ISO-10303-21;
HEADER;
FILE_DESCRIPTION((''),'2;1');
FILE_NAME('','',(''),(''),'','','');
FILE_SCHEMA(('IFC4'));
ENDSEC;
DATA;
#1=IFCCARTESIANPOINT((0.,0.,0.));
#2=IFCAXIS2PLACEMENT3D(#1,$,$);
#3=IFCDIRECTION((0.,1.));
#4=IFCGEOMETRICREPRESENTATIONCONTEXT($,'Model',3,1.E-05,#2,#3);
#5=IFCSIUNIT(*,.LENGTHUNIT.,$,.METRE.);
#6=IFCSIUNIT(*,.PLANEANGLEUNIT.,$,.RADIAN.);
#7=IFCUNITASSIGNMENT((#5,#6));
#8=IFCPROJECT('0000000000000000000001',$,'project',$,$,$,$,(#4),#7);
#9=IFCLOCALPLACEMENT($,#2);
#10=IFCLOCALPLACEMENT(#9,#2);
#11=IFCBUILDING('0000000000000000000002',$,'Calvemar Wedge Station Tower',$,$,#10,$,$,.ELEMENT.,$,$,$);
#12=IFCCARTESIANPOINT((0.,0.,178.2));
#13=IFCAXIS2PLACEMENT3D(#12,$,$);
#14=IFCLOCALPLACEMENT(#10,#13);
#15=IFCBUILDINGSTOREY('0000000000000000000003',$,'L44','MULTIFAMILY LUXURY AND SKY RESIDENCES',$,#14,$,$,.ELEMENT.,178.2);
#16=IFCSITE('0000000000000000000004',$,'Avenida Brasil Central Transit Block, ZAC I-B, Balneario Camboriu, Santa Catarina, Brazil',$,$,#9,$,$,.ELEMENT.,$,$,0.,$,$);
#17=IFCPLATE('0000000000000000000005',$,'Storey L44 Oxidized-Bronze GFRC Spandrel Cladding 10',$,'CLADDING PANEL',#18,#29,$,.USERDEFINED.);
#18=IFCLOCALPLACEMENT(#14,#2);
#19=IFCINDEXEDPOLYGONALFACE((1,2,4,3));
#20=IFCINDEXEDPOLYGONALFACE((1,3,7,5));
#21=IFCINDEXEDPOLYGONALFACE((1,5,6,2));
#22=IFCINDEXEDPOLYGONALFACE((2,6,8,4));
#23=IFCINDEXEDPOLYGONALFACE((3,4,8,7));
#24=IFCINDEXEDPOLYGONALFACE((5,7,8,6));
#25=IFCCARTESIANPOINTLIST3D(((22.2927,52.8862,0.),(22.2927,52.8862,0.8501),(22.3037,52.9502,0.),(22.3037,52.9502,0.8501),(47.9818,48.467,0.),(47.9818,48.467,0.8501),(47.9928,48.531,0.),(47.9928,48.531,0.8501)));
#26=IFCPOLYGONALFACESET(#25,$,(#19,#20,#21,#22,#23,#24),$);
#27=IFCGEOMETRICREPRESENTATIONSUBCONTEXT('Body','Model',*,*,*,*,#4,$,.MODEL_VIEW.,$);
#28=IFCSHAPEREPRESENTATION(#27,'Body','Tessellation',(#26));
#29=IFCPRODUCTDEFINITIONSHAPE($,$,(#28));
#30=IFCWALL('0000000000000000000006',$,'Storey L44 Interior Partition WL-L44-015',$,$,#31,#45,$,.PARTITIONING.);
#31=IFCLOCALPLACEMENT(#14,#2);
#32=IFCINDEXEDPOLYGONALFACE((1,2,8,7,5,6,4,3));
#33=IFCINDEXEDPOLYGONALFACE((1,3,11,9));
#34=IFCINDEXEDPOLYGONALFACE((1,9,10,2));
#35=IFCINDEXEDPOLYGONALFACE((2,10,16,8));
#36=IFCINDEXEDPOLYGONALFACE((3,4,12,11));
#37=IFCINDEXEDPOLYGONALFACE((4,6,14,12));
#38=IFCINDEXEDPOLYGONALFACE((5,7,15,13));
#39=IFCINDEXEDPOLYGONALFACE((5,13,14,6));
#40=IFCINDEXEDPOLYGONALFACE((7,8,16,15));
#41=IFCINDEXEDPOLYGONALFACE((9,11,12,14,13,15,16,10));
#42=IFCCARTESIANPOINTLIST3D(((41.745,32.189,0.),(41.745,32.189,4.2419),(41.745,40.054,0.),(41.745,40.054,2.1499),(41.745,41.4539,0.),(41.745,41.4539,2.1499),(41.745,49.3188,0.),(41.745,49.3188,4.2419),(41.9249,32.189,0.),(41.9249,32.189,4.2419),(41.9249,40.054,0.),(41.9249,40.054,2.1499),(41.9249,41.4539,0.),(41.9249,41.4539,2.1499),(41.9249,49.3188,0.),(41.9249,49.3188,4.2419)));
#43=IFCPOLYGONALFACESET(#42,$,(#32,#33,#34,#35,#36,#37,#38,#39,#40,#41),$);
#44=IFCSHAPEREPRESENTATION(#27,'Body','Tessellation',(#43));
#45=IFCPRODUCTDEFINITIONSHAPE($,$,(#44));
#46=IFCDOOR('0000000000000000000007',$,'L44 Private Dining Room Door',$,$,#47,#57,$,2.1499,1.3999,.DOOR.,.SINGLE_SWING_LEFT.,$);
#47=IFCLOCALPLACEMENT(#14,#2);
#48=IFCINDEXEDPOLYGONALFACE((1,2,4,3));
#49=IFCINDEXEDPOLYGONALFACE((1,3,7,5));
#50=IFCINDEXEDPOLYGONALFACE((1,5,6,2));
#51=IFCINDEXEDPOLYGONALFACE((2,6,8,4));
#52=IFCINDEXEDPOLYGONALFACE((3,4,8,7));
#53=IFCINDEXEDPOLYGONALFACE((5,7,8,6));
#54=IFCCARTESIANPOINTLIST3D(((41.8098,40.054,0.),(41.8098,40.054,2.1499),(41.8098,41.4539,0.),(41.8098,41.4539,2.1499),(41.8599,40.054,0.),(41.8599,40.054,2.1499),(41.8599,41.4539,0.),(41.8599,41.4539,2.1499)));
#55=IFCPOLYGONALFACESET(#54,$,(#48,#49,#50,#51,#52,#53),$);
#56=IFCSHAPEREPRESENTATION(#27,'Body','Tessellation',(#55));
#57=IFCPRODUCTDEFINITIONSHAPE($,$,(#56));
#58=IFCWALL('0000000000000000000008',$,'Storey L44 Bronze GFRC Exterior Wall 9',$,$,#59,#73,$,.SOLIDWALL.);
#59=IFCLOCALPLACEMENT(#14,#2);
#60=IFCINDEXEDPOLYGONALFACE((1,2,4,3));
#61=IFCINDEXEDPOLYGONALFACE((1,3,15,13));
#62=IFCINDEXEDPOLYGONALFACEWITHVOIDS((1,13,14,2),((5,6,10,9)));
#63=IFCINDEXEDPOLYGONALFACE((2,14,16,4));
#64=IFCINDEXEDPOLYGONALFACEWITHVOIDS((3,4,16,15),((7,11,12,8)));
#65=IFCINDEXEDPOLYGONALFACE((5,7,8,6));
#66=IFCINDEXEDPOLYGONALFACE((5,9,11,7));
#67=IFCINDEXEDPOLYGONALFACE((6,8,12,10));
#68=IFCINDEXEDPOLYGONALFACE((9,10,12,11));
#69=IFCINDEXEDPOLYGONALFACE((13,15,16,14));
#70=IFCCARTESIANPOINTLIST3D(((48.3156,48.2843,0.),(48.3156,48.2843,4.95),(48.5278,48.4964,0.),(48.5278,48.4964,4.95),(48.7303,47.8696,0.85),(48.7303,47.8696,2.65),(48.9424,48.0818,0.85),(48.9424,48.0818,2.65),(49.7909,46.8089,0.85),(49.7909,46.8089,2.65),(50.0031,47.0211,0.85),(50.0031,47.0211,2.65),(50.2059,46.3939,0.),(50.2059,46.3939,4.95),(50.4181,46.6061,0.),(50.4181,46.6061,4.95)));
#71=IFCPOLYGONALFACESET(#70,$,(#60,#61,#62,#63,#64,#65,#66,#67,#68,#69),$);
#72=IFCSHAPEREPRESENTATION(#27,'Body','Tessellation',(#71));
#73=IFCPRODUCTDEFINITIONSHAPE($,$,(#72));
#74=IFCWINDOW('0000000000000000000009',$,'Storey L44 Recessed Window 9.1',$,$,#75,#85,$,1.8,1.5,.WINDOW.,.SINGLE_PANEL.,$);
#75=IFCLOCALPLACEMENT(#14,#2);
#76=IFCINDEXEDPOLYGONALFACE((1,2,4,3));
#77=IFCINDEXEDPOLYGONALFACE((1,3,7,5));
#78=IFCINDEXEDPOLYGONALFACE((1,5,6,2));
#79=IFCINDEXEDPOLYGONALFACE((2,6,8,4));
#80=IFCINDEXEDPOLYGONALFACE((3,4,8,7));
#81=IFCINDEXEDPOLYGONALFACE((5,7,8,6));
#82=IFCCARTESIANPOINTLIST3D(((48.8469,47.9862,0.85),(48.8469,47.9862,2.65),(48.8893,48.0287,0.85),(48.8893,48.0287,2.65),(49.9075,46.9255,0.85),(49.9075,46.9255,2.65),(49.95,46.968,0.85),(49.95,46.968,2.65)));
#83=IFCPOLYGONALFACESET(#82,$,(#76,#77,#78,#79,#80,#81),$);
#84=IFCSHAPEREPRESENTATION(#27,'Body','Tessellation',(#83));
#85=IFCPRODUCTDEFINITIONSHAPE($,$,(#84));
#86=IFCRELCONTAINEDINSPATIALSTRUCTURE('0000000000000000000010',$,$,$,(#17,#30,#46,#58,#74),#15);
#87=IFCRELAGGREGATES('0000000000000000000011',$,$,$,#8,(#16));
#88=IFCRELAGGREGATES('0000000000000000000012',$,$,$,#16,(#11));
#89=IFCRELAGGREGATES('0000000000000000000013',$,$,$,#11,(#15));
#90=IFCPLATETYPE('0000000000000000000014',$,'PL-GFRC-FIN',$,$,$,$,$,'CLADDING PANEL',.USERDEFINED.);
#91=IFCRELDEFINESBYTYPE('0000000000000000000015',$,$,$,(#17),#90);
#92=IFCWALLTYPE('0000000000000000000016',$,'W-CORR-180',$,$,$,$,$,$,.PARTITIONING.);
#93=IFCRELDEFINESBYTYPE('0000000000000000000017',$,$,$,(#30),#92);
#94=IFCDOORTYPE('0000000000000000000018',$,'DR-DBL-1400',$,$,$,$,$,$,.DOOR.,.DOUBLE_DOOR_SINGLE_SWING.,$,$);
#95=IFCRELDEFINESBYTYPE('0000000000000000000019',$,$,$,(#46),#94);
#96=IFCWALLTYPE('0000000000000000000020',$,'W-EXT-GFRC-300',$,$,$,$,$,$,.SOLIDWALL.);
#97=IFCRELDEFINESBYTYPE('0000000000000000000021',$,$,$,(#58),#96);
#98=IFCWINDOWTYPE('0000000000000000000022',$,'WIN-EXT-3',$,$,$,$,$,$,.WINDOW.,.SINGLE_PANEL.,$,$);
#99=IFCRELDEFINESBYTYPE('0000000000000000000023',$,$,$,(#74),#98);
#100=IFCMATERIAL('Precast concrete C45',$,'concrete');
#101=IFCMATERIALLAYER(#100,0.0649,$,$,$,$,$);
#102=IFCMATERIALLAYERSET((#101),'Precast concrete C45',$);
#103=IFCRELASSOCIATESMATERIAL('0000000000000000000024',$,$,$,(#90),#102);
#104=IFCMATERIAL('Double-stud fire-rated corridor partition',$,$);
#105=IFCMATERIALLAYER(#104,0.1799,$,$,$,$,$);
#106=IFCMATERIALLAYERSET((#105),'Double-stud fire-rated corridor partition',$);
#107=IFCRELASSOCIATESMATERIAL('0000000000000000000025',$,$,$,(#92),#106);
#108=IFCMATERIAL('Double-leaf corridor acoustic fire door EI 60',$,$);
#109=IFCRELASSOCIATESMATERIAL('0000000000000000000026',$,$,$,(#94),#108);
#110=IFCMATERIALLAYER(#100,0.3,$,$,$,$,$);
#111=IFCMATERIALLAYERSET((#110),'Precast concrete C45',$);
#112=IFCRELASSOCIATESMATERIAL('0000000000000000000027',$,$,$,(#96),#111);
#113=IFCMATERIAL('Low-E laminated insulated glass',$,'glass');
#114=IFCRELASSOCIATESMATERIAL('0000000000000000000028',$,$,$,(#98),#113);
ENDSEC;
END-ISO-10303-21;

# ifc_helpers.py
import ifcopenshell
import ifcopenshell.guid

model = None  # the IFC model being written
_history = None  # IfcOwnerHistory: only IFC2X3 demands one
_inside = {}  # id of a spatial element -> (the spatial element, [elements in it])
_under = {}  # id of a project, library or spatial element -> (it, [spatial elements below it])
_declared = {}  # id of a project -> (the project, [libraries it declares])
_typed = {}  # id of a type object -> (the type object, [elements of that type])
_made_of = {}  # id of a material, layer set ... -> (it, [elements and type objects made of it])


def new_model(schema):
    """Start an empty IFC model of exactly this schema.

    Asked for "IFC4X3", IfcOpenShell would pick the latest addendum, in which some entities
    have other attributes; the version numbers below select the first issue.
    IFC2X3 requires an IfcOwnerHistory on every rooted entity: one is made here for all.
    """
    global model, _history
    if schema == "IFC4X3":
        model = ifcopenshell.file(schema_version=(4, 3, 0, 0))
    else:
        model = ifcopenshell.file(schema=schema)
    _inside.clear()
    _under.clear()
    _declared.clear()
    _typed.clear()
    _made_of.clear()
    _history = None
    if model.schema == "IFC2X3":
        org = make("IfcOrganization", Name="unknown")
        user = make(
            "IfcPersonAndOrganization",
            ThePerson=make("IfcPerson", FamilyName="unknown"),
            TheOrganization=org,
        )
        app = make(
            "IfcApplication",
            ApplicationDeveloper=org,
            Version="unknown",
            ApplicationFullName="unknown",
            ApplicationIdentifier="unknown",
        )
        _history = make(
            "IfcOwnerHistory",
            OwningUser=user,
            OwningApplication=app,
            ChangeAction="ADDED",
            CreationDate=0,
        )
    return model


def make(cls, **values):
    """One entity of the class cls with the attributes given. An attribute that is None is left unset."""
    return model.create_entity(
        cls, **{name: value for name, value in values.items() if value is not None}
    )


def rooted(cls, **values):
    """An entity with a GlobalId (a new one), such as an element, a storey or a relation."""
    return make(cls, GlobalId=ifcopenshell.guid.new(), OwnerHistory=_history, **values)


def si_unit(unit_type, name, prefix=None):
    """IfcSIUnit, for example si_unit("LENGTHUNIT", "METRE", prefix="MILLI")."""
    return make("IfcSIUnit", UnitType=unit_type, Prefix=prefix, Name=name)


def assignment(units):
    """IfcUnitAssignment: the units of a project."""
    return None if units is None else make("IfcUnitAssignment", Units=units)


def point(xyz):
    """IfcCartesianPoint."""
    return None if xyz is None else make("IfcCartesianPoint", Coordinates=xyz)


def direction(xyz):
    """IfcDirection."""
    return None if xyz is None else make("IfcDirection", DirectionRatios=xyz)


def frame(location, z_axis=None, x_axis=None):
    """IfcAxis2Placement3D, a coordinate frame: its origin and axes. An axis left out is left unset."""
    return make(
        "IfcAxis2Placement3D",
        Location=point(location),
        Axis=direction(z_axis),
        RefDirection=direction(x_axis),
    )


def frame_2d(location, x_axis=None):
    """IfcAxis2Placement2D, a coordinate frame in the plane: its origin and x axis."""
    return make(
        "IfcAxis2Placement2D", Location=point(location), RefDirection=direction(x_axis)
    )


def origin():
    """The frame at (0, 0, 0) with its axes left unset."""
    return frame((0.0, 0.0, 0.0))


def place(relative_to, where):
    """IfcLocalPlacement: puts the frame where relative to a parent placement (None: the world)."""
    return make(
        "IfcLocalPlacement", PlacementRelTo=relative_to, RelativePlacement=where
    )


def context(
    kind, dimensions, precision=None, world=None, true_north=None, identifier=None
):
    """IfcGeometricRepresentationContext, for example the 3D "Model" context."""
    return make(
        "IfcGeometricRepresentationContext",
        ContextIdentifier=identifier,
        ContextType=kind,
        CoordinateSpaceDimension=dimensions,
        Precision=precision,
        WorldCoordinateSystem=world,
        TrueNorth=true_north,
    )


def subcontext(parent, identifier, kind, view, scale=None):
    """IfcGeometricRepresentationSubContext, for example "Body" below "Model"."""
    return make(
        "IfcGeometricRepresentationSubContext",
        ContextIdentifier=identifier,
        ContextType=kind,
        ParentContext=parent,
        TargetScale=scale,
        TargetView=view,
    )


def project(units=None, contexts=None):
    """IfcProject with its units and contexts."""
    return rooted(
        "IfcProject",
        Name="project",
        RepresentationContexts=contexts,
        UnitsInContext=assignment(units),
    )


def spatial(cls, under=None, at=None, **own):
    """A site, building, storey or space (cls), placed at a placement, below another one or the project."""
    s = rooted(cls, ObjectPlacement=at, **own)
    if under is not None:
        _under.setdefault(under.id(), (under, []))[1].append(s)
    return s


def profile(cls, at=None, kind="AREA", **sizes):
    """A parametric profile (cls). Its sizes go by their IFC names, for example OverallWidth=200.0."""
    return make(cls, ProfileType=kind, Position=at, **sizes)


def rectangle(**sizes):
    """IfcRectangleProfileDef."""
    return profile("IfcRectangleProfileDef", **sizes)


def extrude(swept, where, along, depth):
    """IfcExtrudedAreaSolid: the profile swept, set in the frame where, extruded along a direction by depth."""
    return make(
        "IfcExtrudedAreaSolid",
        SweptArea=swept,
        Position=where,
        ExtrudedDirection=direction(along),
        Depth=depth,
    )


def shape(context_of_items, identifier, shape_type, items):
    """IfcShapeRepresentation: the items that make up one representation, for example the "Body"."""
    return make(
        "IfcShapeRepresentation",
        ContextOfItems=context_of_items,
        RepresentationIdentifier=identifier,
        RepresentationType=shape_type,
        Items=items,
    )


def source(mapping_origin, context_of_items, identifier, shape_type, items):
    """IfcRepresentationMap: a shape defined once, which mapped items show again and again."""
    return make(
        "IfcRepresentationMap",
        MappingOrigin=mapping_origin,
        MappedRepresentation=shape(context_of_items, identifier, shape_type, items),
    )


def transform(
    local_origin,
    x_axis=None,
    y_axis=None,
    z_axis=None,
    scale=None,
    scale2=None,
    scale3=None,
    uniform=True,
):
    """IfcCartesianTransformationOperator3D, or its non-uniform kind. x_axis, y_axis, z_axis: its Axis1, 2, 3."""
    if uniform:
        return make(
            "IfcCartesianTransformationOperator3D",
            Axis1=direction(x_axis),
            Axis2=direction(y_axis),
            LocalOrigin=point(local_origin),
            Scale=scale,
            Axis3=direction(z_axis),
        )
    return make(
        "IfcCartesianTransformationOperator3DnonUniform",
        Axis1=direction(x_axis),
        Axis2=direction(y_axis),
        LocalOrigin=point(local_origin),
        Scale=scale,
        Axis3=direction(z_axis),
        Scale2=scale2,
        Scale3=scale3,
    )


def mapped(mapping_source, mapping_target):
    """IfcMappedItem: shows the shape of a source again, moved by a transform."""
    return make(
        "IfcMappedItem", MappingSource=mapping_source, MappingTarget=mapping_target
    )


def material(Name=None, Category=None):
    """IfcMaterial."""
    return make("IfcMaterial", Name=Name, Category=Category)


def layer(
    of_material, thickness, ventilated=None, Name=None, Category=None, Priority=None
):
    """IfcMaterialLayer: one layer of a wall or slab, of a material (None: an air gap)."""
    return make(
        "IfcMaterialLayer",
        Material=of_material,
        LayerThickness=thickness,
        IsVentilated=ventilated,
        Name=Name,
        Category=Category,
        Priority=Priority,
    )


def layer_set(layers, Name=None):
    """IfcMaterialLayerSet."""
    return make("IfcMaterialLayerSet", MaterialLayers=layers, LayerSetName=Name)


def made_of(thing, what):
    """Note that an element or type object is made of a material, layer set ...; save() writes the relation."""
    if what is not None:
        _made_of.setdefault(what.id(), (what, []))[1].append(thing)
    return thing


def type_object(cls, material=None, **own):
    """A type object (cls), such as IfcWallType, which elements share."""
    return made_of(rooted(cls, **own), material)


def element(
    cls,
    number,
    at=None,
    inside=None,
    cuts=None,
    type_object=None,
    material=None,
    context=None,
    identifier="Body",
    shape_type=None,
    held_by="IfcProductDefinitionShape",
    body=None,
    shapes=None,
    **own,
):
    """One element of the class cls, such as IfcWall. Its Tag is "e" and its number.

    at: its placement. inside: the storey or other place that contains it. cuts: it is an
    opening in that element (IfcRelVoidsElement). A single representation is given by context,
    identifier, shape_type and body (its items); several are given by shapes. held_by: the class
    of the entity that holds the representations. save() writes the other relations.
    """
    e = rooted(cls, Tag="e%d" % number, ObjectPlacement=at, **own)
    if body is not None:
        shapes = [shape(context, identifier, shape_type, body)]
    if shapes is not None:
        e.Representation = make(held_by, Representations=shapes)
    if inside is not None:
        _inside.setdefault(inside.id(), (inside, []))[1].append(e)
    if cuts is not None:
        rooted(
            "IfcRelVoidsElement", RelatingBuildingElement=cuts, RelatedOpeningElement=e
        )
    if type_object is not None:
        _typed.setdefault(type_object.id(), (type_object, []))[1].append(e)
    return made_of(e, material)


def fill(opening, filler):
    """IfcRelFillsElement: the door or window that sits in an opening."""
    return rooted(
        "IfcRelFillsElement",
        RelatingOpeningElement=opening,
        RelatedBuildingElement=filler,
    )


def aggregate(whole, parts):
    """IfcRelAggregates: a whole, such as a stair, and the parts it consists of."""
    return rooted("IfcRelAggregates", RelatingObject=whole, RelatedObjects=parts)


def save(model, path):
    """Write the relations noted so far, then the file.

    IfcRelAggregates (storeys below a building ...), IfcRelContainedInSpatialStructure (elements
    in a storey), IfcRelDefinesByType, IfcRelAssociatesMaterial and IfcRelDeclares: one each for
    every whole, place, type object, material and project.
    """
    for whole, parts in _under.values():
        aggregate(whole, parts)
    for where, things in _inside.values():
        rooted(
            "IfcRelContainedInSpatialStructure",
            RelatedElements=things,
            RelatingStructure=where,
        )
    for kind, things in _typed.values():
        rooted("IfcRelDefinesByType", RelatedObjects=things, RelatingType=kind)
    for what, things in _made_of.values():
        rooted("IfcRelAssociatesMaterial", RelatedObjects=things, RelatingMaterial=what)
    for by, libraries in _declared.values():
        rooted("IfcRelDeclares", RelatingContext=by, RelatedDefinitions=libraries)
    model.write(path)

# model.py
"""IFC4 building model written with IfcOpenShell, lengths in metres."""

from ifc_helpers import new_model, si_unit, direction, frame, frame_2d, origin, place, context, subcontext, project, spatial, rectangle, extrude, source, transform, mapped, material, layer, layer_set, type_object, element, fill, save


model = new_model("IFC4")

# Units and contexts
model_context = context("Model", 3, precision=1e-05, world=origin(), true_north=direction((0.0, 1.0)))
body_context = subcontext(model_context, "Body", "Model", "MODEL_VIEW")
ifc_project = project(units=[si_unit("LENGTHUNIT", "METRE"), si_unit("PLANEANGLEUNIT", "RADIAN")], contexts=[model_context])

# Site, building, storey
site_placement = place(None, origin())
site = spatial("IfcSite", under=ifc_project, at=site_placement, Name="Avenida Brasil Central Transit Block, ZAC I-B, Balneario Camboriu, Santa Catarina, Brazil", CompositionType="ELEMENT", RefElevation=0.0)
building_placement = place(site_placement, origin())
building = spatial("IfcBuilding", under=site, at=building_placement, Name="Calvemar Wedge Station Tower", CompositionType="ELEMENT")
storey_placement = place(building_placement, frame((0.0, 0.0, 178.2)))
storey = spatial("IfcBuildingStorey", under=building, at=storey_placement, Name="L44", Description="MULTIFAMILY LUXURY AND SKY RESIDENCES", CompositionType="ELEMENT", Elevation=178.2)

# Plate
ifc_material_1 = material(Name="Precast concrete C45", Category="concrete")
ifc_layer_1 = layer(ifc_material_1, 0.0649)
ifc_layer_set_1 = layer_set([ifc_layer_1], Name="Precast concrete C45")
plate_type = type_object("IfcPlateType", Name="PL-GFRC-FIN", ElementType="CLADDING PANEL", PredefinedType="USERDEFINED", material=ifc_layer_set_1)
plate_placement = place(storey_placement, frame((47.9873, 48.499, 0.0), z_axis=(0.0, 0.0, 1.0), x_axis=(-0.985524, 0.169536, 0.0)))
element("IfcPlate", 1, at=plate_placement, inside=storey, type_object=plate_type, Name="Storey L44 Oxidized-Bronze GFRC Spandrel Cladding 10", ObjectType="CLADDING PANEL", PredefinedType="USERDEFINED", context=body_context, shape_type="SweptSolid", body=[
    extrude(rectangle(XDim=26.0664, YDim=0.0649, at=frame_2d((13.0332, 0.0))), origin(), (0.0, 0.0, 1.0), 0.8501),
])

# Wall, opening, door
ifc_material_2 = material(Name="Double-stud fire-rated corridor partition")
ifc_layer_2 = layer(ifc_material_2, 0.1799)
ifc_layer_set_2 = layer_set([ifc_layer_2], Name="Double-stud fire-rated corridor partition")
wall_type_1 = type_object("IfcWallType", Name="W-CORR-180", PredefinedType="PARTITIONING", material=ifc_layer_set_2)
wall_1_placement = place(storey_placement, frame((41.835, 49.3188, 0.0), z_axis=(0.0, 0.0, 1.0), x_axis=(0.0, -1.0, 0.0)))
wall_1 = element("IfcWall", 2, at=wall_1_placement, inside=storey, type_object=wall_type_1, Name="Storey L44 Interior Partition WL-L44-015", PredefinedType="PARTITIONING", context=body_context, shape_type="SweptSolid", body=[
    extrude(rectangle(XDim=17.1299, YDim=0.1799, at=frame_2d((8.5649, 0.0))), origin(), (0.0, 0.0, 1.0), 4.2419),
])
shared_shape_1 = source(origin(), body_context, "Body", "SweptSolid", [
    extrude(rectangle(XDim=1.3999, YDim=2.1499, at=frame_2d((0.7, 1.075))), frame((0.0, 0.1001, 0.0), z_axis=(0.0, -1.0, 0.0), x_axis=(1.0, 0.0, 0.0)), (0.0, 0.0, 1.0), 0.2),
])
opening_1_placement = place(wall_1_placement, frame((7.865, 0.0, 0.0)))
opening_1 = element("IfcOpeningElement", 3, at=opening_1_placement, cuts=wall_1, PredefinedType="OPENING", context=body_context, shape_type="MappedRepresentation", body=[
    mapped(shared_shape_1, transform((0.0, 0.0, 0.0), scale=1.0)),
])
ifc_material_3 = material(Name="Double-leaf corridor acoustic fire door EI 60")
door_type = type_object("IfcDoorType", Name="DR-DBL-1400", OperationType="DOUBLE_DOOR_SINGLE_SWING", PredefinedType="DOOR", material=ifc_material_3)
shared_shape_2 = source(origin(), body_context, "Body", "SweptSolid", [
    extrude(rectangle(XDim=1.3999, YDim=2.1499, at=frame_2d((0.7, 1.075))), frame((0.0, 0.0249, 0.0), z_axis=(0.0, -1.0, 0.0), x_axis=(1.0, 0.0, 0.0)), (0.0, 0.0, 1.0), 0.05),
])
door_placement = place(opening_1_placement, origin())
door = element("IfcDoor", 4, at=door_placement, inside=storey, type_object=door_type, Name="L44 Private Dining Room Door", OperationType="SINGLE_SWING_LEFT", OverallHeight=2.1499, OverallWidth=1.3999, PredefinedType="DOOR", context=body_context, shape_type="MappedRepresentation", body=[
    mapped(shared_shape_2, transform((0.0, 0.0, 0.0), scale=1.0)),
])
fill(opening_1, door)

# Wall, opening, window
ifc_layer_3 = layer(ifc_material_1, 0.3)
ifc_layer_set_3 = layer_set([ifc_layer_3], Name="Precast concrete C45")
wall_type_2 = type_object("IfcWallType", Name="W-EXT-GFRC-300", PredefinedType="SOLIDWALL", material=ifc_layer_set_3)
wall_2_placement = place(storey_placement, frame((50.312, 46.5, 0.0), z_axis=(0.0, 0.0, 1.0), x_axis=(-0.707107, 0.707107, 0.0)))
wall_2 = element("IfcWall", 5, at=wall_2_placement, inside=storey, type_object=wall_type_2, Name="Storey L44 Bronze GFRC Exterior Wall 9", PredefinedType="SOLIDWALL", context=body_context, shape_type="SweptSolid", body=[
    extrude(rectangle(XDim=2.6733, YDim=0.3, at=frame_2d((1.3367, 0.0))), origin(), (0.0, 0.0, 1.0), 4.95),
])
shared_shape_3 = source(origin(), body_context, "Body", "SweptSolid", [
    extrude(rectangle(XDim=1.5, YDim=1.8, at=frame_2d((0.75, 0.8999))), frame((0.0, 0.1602, 0.0), z_axis=(0.0, -1.0, 0.0), x_axis=(1.0, 0.0, 0.0)), (0.0, 0.0, 1.0), 0.3201),
])
opening_2_placement = place(wall_2_placement, frame((0.5869, 0.0, 0.8501)))
opening_2 = element("IfcOpeningElement", 6, at=opening_2_placement, cuts=wall_2, PredefinedType="OPENING", context=body_context, shape_type="MappedRepresentation", body=[
    mapped(shared_shape_3, transform((0.0, 0.0, 0.0), scale=1.0)),
])
ifc_material_4 = material(Name="Low-E laminated insulated glass", Category="glass")
window_type_1 = type_object("IfcWindowType", Name="WIN-EXT-3", PartitioningType="SINGLE_PANEL", PredefinedType="WINDOW", material=ifc_material_4)
shared_shape_4 = source(origin(), body_context, "Body", "SweptSolid", [
    extrude(rectangle(XDim=1.5, YDim=1.8, at=frame_2d((0.75, 0.8999))), frame((0.0, -0.0149, 0.0), z_axis=(0.0, -1.0, 0.0), x_axis=(1.0, 0.0, 0.0)), (0.0, 0.0, 1.0), 0.0601),
])
window_1_placement = place(opening_2_placement, origin())
window_1 = element("IfcWindow", 7, at=window_1_placement, inside=storey, type_object=window_type_1, Name="Storey L44 Recessed Window 9.1", OverallHeight=1.8, OverallWidth=1.5, PartitioningType="SINGLE_PANEL", PredefinedType="WINDOW", context=body_context, shape_type="MappedRepresentation", body=[
    mapped(shared_shape_4, transform((0.0, 0.0, 0.0), scale=1.0)),
])
fill(opening_2, window_1)

save(model, "model.ifc")
